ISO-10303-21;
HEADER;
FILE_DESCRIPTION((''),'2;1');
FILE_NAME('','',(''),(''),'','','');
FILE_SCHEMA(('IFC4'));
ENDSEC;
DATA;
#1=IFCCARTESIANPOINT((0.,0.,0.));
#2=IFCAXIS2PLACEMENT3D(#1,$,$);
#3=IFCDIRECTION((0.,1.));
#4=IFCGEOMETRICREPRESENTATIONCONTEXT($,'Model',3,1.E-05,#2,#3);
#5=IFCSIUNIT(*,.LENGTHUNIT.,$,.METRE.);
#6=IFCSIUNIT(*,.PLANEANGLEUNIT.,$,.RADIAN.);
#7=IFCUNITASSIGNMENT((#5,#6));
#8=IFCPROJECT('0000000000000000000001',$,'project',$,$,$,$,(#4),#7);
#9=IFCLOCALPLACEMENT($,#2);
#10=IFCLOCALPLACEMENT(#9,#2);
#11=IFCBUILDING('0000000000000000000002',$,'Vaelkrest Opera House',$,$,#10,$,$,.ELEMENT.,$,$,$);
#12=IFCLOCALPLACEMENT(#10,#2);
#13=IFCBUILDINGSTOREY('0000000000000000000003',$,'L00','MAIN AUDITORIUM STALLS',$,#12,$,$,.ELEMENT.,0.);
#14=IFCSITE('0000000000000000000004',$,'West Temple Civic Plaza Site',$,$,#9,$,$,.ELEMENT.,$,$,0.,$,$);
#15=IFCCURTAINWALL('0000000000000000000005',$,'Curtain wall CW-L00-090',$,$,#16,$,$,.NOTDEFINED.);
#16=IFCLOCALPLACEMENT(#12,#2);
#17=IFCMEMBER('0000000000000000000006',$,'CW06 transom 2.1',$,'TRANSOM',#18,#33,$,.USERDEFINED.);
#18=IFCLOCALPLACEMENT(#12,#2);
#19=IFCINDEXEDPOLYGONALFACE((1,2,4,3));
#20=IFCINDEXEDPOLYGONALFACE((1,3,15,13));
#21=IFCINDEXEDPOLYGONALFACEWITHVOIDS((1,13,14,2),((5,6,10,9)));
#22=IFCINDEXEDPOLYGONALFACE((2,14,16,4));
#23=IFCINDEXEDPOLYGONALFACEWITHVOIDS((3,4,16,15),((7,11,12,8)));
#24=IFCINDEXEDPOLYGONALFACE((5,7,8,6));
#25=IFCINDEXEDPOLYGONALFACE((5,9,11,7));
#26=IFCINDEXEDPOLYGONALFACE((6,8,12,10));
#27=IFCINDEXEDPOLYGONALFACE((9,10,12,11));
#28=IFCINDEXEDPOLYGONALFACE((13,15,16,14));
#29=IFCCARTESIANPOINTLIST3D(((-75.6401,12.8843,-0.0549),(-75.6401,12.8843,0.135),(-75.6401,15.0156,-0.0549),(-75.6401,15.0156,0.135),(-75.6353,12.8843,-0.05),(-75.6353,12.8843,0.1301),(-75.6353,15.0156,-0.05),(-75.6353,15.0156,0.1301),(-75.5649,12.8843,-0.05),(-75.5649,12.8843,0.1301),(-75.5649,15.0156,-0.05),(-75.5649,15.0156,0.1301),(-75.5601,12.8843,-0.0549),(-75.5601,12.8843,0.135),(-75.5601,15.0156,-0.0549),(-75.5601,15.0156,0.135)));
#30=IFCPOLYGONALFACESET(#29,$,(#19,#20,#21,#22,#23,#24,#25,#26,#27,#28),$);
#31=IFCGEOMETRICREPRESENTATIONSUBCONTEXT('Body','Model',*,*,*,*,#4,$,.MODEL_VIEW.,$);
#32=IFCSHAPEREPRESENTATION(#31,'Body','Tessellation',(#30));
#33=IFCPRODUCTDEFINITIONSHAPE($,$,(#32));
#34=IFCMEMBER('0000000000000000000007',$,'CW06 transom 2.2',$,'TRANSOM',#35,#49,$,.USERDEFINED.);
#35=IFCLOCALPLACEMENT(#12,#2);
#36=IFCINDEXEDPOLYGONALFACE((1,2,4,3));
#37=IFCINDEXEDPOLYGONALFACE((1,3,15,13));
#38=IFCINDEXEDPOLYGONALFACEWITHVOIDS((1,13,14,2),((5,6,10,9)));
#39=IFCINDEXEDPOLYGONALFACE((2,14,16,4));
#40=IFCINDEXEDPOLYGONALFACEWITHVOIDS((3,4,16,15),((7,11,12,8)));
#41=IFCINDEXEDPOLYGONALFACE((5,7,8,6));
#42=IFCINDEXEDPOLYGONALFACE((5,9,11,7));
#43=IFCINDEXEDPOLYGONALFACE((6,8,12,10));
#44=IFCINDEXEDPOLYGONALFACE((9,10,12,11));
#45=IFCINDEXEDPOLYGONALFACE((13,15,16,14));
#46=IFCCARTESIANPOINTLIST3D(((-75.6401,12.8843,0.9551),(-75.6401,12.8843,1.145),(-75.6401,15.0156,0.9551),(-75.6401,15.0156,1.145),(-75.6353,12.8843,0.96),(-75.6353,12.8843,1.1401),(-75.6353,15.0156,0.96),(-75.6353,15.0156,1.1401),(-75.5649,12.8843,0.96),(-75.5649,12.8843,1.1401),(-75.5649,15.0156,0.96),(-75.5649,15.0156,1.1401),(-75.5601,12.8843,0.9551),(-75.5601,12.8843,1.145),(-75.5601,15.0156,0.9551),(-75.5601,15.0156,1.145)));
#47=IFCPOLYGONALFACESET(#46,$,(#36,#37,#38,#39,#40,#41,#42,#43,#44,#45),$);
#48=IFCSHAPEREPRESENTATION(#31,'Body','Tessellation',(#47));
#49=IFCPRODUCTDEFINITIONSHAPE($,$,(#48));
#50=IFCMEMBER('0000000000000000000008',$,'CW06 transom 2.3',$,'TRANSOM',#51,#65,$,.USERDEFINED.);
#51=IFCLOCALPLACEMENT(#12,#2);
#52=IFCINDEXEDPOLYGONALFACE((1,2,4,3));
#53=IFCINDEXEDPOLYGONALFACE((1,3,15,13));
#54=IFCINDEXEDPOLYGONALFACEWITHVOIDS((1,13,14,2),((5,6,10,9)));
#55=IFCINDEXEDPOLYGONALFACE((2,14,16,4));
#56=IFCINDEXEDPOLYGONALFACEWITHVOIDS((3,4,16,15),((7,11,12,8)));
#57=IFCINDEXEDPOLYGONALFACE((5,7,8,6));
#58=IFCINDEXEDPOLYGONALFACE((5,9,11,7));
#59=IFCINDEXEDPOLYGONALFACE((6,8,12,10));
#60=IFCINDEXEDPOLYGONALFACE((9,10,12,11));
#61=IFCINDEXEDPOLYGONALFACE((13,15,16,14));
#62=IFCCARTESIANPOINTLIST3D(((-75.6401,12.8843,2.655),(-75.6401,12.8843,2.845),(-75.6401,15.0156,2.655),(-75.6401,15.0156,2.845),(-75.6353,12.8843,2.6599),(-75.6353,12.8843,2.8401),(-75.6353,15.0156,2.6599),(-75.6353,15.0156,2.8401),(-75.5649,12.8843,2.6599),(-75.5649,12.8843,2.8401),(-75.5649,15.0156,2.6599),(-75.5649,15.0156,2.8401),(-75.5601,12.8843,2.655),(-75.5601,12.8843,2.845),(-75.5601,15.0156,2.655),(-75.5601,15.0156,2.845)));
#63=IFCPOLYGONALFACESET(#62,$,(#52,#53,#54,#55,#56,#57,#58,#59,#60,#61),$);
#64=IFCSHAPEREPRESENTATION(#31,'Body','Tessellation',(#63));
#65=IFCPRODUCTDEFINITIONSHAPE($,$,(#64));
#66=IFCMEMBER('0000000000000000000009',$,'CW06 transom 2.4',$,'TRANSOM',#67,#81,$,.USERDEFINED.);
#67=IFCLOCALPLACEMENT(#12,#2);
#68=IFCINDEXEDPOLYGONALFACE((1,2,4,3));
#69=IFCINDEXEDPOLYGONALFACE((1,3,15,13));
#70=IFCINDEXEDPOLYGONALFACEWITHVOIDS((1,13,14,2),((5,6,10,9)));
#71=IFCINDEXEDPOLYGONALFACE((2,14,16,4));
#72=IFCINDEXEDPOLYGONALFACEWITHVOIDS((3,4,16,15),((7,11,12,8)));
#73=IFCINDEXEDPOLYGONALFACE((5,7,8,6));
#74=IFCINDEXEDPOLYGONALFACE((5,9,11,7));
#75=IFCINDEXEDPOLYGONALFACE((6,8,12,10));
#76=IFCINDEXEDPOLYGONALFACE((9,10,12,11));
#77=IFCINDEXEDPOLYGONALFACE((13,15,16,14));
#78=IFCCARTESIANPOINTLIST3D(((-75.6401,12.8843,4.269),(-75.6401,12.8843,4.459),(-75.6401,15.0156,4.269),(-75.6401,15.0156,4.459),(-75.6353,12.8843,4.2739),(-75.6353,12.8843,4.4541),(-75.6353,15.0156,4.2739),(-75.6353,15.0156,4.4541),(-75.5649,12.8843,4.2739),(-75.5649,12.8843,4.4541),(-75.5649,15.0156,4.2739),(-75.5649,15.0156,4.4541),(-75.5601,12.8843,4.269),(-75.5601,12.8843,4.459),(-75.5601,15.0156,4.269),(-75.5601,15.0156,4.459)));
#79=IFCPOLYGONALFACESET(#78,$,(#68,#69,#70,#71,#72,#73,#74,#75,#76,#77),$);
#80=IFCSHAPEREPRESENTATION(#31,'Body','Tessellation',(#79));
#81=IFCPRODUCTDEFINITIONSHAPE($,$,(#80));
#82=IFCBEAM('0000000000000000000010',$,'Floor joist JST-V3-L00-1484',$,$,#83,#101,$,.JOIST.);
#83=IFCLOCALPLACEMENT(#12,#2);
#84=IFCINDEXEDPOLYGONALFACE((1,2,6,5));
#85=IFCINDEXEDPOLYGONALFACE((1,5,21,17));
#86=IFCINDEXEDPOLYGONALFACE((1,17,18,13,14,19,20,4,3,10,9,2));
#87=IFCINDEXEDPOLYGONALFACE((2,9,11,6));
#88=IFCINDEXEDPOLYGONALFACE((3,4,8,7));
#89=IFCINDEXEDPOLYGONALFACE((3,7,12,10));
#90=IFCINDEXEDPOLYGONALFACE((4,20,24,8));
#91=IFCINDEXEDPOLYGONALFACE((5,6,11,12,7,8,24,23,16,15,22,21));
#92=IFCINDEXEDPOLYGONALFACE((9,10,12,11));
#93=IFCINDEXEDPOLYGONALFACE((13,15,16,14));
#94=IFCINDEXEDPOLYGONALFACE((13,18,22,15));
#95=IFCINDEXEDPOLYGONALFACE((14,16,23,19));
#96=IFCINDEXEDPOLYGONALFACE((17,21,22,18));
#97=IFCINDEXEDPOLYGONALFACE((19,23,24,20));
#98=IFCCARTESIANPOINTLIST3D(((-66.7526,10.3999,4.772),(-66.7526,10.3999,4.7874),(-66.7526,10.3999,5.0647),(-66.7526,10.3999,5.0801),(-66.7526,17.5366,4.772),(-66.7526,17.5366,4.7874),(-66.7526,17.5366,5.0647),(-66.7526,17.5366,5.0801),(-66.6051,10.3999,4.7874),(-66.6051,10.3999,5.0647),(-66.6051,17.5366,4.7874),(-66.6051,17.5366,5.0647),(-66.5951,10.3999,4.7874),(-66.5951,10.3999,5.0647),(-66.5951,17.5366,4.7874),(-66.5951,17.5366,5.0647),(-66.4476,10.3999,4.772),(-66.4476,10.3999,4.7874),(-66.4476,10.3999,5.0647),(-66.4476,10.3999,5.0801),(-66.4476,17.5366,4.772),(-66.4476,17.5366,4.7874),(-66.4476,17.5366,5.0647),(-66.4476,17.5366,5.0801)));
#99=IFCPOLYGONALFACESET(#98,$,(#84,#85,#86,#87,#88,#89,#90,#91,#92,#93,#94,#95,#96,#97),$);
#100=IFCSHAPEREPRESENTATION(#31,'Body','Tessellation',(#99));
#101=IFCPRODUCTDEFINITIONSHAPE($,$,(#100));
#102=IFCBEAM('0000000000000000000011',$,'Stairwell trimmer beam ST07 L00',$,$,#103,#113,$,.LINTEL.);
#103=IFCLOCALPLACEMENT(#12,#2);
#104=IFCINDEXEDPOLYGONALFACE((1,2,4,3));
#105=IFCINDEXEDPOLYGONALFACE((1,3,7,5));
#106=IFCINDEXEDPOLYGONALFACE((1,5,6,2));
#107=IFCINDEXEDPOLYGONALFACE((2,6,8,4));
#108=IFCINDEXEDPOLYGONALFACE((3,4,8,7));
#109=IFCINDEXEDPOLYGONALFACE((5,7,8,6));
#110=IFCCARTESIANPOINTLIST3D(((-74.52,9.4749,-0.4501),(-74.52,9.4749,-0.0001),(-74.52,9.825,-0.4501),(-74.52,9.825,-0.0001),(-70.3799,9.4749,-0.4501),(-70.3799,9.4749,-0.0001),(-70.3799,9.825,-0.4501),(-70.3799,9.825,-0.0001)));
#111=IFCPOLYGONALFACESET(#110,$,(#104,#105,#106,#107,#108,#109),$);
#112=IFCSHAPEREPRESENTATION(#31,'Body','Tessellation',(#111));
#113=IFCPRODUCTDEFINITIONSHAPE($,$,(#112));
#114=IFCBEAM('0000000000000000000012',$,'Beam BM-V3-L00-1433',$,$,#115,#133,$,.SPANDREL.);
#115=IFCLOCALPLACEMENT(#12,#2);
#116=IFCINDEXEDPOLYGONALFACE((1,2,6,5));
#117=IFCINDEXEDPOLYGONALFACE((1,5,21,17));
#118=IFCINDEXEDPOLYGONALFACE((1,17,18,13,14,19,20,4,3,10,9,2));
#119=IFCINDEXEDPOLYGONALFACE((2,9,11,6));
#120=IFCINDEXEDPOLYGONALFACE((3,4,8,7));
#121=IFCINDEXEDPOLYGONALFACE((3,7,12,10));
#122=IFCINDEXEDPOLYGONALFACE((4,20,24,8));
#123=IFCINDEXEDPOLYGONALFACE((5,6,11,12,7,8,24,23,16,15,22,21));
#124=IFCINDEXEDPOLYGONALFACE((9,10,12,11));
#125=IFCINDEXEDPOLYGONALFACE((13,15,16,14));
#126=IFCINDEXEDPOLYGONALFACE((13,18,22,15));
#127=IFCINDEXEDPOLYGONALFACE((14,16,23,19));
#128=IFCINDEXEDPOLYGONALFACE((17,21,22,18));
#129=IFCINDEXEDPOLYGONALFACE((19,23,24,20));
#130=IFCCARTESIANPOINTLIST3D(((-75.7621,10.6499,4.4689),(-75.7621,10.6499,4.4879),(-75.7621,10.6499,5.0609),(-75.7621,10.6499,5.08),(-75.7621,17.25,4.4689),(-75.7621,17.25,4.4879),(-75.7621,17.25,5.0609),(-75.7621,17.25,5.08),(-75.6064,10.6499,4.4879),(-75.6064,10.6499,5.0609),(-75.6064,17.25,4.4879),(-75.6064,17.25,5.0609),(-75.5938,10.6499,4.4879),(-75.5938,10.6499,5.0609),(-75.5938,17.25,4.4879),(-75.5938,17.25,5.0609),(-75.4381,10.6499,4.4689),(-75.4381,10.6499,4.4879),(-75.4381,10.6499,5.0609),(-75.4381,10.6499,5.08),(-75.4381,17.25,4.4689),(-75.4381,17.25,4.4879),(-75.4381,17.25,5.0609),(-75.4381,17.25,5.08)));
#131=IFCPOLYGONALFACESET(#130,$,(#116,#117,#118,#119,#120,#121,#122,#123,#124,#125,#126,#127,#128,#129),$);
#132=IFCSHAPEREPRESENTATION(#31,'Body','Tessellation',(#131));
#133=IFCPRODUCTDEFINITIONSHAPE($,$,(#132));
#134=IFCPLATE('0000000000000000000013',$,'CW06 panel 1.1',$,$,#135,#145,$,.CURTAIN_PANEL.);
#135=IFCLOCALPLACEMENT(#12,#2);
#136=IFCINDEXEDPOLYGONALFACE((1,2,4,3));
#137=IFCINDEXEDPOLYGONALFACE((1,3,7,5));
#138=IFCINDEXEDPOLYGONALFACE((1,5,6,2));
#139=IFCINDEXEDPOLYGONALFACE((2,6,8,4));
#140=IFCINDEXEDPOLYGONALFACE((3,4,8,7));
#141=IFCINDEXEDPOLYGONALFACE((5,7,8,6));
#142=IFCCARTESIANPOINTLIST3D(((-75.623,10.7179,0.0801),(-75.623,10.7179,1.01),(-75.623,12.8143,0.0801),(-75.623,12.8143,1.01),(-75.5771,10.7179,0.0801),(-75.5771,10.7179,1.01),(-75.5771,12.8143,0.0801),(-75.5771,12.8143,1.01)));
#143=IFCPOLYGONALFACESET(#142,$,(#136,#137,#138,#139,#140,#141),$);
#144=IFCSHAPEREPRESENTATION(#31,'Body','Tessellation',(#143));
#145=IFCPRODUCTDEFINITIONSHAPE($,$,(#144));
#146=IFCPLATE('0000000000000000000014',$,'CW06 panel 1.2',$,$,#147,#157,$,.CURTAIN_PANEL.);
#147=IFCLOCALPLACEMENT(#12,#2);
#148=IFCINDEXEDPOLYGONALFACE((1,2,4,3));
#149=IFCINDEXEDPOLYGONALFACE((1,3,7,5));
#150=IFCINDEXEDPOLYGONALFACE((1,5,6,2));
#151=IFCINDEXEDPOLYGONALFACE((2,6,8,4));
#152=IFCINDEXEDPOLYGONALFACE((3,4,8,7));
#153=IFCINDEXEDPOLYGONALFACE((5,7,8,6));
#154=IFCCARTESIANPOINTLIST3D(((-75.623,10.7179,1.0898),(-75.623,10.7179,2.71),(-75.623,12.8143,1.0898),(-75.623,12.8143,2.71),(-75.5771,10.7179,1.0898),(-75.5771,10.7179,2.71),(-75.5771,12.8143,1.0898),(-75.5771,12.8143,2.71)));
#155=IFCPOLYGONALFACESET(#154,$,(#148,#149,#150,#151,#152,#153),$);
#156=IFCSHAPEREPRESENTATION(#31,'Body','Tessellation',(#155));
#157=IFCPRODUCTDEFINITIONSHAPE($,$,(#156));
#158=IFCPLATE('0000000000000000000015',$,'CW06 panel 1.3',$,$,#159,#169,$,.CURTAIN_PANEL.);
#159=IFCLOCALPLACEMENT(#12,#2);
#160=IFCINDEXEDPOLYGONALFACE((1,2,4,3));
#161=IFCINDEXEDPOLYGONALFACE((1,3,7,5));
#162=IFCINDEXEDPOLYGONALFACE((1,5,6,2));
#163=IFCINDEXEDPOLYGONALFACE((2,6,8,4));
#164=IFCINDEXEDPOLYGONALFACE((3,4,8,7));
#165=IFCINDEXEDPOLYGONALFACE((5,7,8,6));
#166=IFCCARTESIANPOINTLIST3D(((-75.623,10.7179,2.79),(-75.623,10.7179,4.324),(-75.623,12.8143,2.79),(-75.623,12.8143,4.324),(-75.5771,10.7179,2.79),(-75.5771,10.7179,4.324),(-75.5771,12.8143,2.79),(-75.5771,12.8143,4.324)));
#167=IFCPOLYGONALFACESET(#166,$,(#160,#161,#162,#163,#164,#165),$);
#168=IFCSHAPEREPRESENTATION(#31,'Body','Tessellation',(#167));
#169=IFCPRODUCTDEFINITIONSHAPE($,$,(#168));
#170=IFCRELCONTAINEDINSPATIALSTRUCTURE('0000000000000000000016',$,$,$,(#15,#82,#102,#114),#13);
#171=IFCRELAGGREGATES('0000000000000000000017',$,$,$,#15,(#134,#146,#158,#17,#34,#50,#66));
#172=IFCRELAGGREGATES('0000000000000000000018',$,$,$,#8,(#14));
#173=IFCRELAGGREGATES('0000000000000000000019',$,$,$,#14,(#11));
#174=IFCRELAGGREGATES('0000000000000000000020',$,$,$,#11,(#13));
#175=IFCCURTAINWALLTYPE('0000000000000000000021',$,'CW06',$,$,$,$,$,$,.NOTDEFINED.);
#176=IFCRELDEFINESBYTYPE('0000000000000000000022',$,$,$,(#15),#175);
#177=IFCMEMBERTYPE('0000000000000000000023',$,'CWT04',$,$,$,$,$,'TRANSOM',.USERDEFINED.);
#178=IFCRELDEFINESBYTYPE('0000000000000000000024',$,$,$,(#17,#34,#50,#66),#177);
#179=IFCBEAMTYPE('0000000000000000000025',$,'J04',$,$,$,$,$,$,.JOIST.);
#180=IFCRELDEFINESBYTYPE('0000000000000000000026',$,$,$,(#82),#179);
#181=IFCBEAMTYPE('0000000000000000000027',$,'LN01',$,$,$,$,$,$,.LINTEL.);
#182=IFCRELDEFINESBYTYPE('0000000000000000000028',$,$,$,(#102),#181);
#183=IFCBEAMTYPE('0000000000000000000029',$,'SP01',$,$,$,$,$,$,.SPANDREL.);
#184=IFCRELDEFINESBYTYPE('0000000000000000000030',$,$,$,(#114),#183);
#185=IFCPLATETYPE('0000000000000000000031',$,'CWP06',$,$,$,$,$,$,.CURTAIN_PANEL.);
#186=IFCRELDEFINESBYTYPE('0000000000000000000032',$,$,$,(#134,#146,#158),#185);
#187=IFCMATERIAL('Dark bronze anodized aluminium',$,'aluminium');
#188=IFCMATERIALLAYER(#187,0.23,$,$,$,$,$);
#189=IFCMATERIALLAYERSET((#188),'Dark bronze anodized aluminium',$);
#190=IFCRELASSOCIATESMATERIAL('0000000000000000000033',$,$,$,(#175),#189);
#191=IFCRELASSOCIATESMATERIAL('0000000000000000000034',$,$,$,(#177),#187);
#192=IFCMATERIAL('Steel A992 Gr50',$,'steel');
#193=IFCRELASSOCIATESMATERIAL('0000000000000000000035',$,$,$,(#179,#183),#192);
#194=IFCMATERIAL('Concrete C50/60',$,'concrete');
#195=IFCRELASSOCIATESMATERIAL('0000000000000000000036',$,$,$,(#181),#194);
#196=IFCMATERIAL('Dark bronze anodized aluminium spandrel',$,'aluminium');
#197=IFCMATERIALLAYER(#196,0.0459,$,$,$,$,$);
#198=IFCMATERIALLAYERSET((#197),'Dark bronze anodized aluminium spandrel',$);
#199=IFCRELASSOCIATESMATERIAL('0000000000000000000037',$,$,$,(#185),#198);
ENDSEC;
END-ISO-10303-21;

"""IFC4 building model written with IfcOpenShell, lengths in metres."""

from ifc_helpers import new_model, si_unit, direction, frame, origin, origin_2d, place, context, subcontext, project, spatial, rectangle, hollow_rectangle, i_section, extrude, material, layer, layer_set, material_profile, profile_set, type_object, element, aggregate, save


model = new_model("IFC4")

# Units and contexts
model_context = context("Model", 3, precision=1e-05, world=origin(), true_north=direction((0.0, 1.0)))
body_context = subcontext(model_context, "Body", "Model", "MODEL_VIEW")
ifc_project = project(units=[si_unit("LENGTHUNIT", "METRE"), si_unit("PLANEANGLEUNIT", "RADIAN")], contexts=[model_context])

# Site, building, storey
site_placement = place(None, origin())
site = spatial("IfcSite", under=ifc_project, at=site_placement, Name="West Temple Civic Plaza Site", CompositionType="ELEMENT", RefElevation=0.0)
building_placement = place(site_placement, origin())
building = spatial("IfcBuilding", under=site, at=building_placement, Name="Vaelkrest Opera House", CompositionType="ELEMENT")
storey_placement = place(building_placement, origin())
storey = spatial("IfcBuildingStorey", under=building, at=storey_placement, Name="L00", Description="MAIN AUDITORIUM STALLS", CompositionType="ELEMENT", Elevation=0.0)

# Shared definitions
ifc_material_1 = material(Name="Concrete C50/60", Category="concrete")

# Curtain wall, members
ifc_material_2 = material(Name="Dark bronze anodized aluminium", Category="aluminium")
ifc_layer_1 = layer(ifc_material_2, 0.23)
ifc_layer_set_1 = layer_set([ifc_layer_1], Name="Dark bronze anodized aluminium")
curtain_wall_type = type_object("IfcCurtainWallType", Name="CW06", PredefinedType="NOTDEFINED", material=ifc_layer_set_1)
curtain_wall_placement = place(storey_placement, origin())
curtain_wall = element("IfcCurtainWall", 1, at=curtain_wall_placement, inside=storey, type_object=curtain_wall_type, Name="Curtain wall CW-L00-090", PredefinedType="NOTDEFINED")
ifc_material_profile_1 = material_profile(ifc_material_2, hollow_rectangle(XDim=0.0801, YDim=0.1899, WallThickness=0.0049, at=origin_2d()), Name="CWT80X190")
ifc_profile_set_1 = profile_set([ifc_material_profile_1], Name="Dark bronze anodized aluminium")
member_type_1 = type_object("IfcMemberType", Name="CWT04", ElementType="TRANSOM", PredefinedType="USERDEFINED", material=ifc_profile_set_1)
member_1_placement = place(storey_placement, frame((-75.6001, 12.8843, 0.04), z_axis=(0.0, 1.0, 0.0), x_axis=(-1.0, 0.0, 0.0)))
member_1 = element("IfcMember", 2, at=member_1_placement, type_object=member_type_1, Name="CW06 transom 2.1", ObjectType="TRANSOM", PredefinedType="USERDEFINED", context=body_context, shape_type="SweptSolid", body=[
    extrude(hollow_rectangle(XDim=0.0801, YDim=0.1899, WallThickness=0.0049, at=origin_2d()), origin(), (0.0, 0.0, 1.0), 2.1313),
])
member_2_placement = place(storey_placement, frame((-75.6001, 12.8843, 1.05), z_axis=(0.0, 1.0, 0.0), x_axis=(-1.0, 0.0, 0.0)))
member_2 = element("IfcMember", 3, at=member_2_placement, type_object=member_type_1, Name="CW06 transom 2.2", ObjectType="TRANSOM", PredefinedType="USERDEFINED", context=body_context, shape_type="SweptSolid", body=[
    extrude(hollow_rectangle(XDim=0.0801, YDim=0.1899, WallThickness=0.0049, at=origin_2d()), origin(), (0.0, 0.0, 1.0), 2.1313),
])
member_3_placement = place(storey_placement, frame((-75.6001, 12.8843, 2.75), z_axis=(0.0, 1.0, 0.0), x_axis=(-1.0, 0.0, 0.0)))
member_3 = element("IfcMember", 4, at=member_3_placement, type_object=member_type_1, Name="CW06 transom 2.3", ObjectType="TRANSOM", PredefinedType="USERDEFINED", context=body_context, shape_type="SweptSolid", body=[
    extrude(hollow_rectangle(XDim=0.0801, YDim=0.1899, WallThickness=0.0049, at=origin_2d()), origin(), (0.0, 0.0, 1.0), 2.1313),
])
member_4_placement = place(storey_placement, frame((-75.6001, 12.8843, 4.364), z_axis=(0.0, 1.0, 0.0), x_axis=(-1.0, 0.0, 0.0)))
member_4 = element("IfcMember", 5, at=member_4_placement, type_object=member_type_1, Name="CW06 transom 2.4", ObjectType="TRANSOM", PredefinedType="USERDEFINED", context=body_context, shape_type="SweptSolid", body=[
    extrude(hollow_rectangle(XDim=0.0801, YDim=0.1899, WallThickness=0.0049, at=origin_2d()), origin(), (0.0, 0.0, 1.0), 2.1313),
])

# Beams
ifc_material_3 = material(Name="Steel A992 Gr50", Category="steel")
ifc_material_profile_2 = material_profile(ifc_material_3, i_section(OverallWidth=0.3049, OverallDepth=0.3081, WebThickness=0.01, FlangeThickness=0.0154, at=origin_2d()), Name="W12X65")
ifc_profile_set_2 = profile_set([ifc_material_profile_2], Name="Steel A992 Gr50")
beam_type_1 = type_object("IfcBeamType", Name="J04", PredefinedType="JOIST", material=ifc_profile_set_2)
beam_1_placement = place(storey_placement, frame((-66.6001, 10.3999, 4.926), z_axis=(0.0, 1.0, 0.0), x_axis=(-1.0, 0.0, 0.0)))
element("IfcBeam", 6, at=beam_1_placement, inside=storey, type_object=beam_type_1, Name="Floor joist JST-V3-L00-1484", PredefinedType="JOIST", context=body_context, shape_type="SweptSolid", body=[
    extrude(i_section(OverallWidth=0.3049, OverallDepth=0.3081, WebThickness=0.01, FlangeThickness=0.0154, at=origin_2d()), origin(), (0.0, 0.0, 1.0), 7.1367),
])
ifc_material_profile_3 = material_profile(ifc_material_1, rectangle(XDim=0.3501, YDim=0.45, at=origin_2d()), Name="RCB350X450")
ifc_profile_set_3 = profile_set([ifc_material_profile_3], Name="Concrete C50/60")
beam_type_2 = type_object("IfcBeamType", Name="LN01", PredefinedType="LINTEL", material=ifc_profile_set_3)
beam_2_placement = place(storey_placement, frame((-74.52, 9.6499, -0.2251), z_axis=(1.0, 0.0, 0.0), x_axis=(0.0, 1.0, 0.0)))
element("IfcBeam", 7, at=beam_2_placement, inside=storey, type_object=beam_type_2, Name="Stairwell trimmer beam ST07 L00", PredefinedType="LINTEL", context=body_context, shape_type="SweptSolid", body=[
    extrude(rectangle(XDim=0.3501, YDim=0.45, at=origin_2d()), origin(), (0.0, 0.0, 1.0), 4.1401),
])
ifc_material_profile_4 = material_profile(ifc_material_3, i_section(OverallWidth=0.324, OverallDepth=0.6111, WebThickness=0.0127, FlangeThickness=0.019, at=origin_2d()), Name="W24X104")
ifc_profile_set_4 = profile_set([ifc_material_profile_4], Name="Steel A992 Gr50")
beam_type_3 = type_object("IfcBeamType", Name="SP01", PredefinedType="SPANDREL", material=ifc_profile_set_4)
beam_3_placement = place(storey_placement, frame((-75.6001, 10.6499, 4.7744), z_axis=(0.0, 1.0, 0.0), x_axis=(-1.0, 0.0, 0.0)))
element("IfcBeam", 8, at=beam_3_placement, inside=storey, type_object=beam_type_3, Name="Beam BM-V3-L00-1433", PredefinedType="SPANDREL", context=body_context, shape_type="SweptSolid", body=[
    extrude(i_section(OverallWidth=0.324, OverallDepth=0.6111, WebThickness=0.0127, FlangeThickness=0.019, at=origin_2d()), origin(), (0.0, 0.0, 1.0), 6.6001),
])

# Plates
ifc_material_4 = material(Name="Dark bronze anodized aluminium spandrel", Category="aluminium")
ifc_layer_2 = layer(ifc_material_4, 0.0459)
ifc_layer_set_2 = layer_set([ifc_layer_2], Name="Dark bronze anodized aluminium spandrel")
plate_type = type_object("IfcPlateType", Name="CWP06", PredefinedType="CURTAIN_PANEL", material=ifc_layer_set_2)
plate_1_placement = place(storey_placement, frame((-75.6001, 11.7661, 0.0801), z_axis=(0.0, 0.0, 1.0), x_axis=(0.0, 1.0, 0.0)))
plate_1 = element("IfcPlate", 9, at=plate_1_placement, type_object=plate_type, Name="CW06 panel 1.1", PredefinedType="CURTAIN_PANEL", context=body_context, shape_type="SweptSolid", body=[
    extrude(rectangle(XDim=2.0964, YDim=0.0459, at=origin_2d()), origin(), (0.0, 0.0, 1.0), 0.9299),
])
plate_2_placement = place(storey_placement, frame((-75.6001, 11.7661, 1.0898), z_axis=(0.0, 0.0, 1.0), x_axis=(0.0, 1.0, 0.0)))
plate_2 = element("IfcPlate", 10, at=plate_2_placement, type_object=plate_type, Name="CW06 panel 1.2", PredefinedType="CURTAIN_PANEL", context=body_context, shape_type="SweptSolid", body=[
    extrude(rectangle(XDim=2.0964, YDim=0.0459, at=origin_2d()), origin(), (0.0, 0.0, 1.0), 1.6201),
])
plate_3_placement = place(storey_placement, frame((-75.6001, 11.7661, 2.79), z_axis=(0.0, 0.0, 1.0), x_axis=(0.0, 1.0, 0.0)))
plate_3 = element("IfcPlate", 11, at=plate_3_placement, type_object=plate_type, Name="CW06 panel 1.3", PredefinedType="CURTAIN_PANEL", context=body_context, shape_type="SweptSolid", body=[
    extrude(rectangle(XDim=2.0964, YDim=0.0459, at=origin_2d()), origin(), (0.0, 0.0, 1.0), 1.5339),
])
aggregate(curtain_wall, [plate_1, plate_2, plate_3, member_1, member_2, member_3, member_4])

save(model, "model.ifc")
